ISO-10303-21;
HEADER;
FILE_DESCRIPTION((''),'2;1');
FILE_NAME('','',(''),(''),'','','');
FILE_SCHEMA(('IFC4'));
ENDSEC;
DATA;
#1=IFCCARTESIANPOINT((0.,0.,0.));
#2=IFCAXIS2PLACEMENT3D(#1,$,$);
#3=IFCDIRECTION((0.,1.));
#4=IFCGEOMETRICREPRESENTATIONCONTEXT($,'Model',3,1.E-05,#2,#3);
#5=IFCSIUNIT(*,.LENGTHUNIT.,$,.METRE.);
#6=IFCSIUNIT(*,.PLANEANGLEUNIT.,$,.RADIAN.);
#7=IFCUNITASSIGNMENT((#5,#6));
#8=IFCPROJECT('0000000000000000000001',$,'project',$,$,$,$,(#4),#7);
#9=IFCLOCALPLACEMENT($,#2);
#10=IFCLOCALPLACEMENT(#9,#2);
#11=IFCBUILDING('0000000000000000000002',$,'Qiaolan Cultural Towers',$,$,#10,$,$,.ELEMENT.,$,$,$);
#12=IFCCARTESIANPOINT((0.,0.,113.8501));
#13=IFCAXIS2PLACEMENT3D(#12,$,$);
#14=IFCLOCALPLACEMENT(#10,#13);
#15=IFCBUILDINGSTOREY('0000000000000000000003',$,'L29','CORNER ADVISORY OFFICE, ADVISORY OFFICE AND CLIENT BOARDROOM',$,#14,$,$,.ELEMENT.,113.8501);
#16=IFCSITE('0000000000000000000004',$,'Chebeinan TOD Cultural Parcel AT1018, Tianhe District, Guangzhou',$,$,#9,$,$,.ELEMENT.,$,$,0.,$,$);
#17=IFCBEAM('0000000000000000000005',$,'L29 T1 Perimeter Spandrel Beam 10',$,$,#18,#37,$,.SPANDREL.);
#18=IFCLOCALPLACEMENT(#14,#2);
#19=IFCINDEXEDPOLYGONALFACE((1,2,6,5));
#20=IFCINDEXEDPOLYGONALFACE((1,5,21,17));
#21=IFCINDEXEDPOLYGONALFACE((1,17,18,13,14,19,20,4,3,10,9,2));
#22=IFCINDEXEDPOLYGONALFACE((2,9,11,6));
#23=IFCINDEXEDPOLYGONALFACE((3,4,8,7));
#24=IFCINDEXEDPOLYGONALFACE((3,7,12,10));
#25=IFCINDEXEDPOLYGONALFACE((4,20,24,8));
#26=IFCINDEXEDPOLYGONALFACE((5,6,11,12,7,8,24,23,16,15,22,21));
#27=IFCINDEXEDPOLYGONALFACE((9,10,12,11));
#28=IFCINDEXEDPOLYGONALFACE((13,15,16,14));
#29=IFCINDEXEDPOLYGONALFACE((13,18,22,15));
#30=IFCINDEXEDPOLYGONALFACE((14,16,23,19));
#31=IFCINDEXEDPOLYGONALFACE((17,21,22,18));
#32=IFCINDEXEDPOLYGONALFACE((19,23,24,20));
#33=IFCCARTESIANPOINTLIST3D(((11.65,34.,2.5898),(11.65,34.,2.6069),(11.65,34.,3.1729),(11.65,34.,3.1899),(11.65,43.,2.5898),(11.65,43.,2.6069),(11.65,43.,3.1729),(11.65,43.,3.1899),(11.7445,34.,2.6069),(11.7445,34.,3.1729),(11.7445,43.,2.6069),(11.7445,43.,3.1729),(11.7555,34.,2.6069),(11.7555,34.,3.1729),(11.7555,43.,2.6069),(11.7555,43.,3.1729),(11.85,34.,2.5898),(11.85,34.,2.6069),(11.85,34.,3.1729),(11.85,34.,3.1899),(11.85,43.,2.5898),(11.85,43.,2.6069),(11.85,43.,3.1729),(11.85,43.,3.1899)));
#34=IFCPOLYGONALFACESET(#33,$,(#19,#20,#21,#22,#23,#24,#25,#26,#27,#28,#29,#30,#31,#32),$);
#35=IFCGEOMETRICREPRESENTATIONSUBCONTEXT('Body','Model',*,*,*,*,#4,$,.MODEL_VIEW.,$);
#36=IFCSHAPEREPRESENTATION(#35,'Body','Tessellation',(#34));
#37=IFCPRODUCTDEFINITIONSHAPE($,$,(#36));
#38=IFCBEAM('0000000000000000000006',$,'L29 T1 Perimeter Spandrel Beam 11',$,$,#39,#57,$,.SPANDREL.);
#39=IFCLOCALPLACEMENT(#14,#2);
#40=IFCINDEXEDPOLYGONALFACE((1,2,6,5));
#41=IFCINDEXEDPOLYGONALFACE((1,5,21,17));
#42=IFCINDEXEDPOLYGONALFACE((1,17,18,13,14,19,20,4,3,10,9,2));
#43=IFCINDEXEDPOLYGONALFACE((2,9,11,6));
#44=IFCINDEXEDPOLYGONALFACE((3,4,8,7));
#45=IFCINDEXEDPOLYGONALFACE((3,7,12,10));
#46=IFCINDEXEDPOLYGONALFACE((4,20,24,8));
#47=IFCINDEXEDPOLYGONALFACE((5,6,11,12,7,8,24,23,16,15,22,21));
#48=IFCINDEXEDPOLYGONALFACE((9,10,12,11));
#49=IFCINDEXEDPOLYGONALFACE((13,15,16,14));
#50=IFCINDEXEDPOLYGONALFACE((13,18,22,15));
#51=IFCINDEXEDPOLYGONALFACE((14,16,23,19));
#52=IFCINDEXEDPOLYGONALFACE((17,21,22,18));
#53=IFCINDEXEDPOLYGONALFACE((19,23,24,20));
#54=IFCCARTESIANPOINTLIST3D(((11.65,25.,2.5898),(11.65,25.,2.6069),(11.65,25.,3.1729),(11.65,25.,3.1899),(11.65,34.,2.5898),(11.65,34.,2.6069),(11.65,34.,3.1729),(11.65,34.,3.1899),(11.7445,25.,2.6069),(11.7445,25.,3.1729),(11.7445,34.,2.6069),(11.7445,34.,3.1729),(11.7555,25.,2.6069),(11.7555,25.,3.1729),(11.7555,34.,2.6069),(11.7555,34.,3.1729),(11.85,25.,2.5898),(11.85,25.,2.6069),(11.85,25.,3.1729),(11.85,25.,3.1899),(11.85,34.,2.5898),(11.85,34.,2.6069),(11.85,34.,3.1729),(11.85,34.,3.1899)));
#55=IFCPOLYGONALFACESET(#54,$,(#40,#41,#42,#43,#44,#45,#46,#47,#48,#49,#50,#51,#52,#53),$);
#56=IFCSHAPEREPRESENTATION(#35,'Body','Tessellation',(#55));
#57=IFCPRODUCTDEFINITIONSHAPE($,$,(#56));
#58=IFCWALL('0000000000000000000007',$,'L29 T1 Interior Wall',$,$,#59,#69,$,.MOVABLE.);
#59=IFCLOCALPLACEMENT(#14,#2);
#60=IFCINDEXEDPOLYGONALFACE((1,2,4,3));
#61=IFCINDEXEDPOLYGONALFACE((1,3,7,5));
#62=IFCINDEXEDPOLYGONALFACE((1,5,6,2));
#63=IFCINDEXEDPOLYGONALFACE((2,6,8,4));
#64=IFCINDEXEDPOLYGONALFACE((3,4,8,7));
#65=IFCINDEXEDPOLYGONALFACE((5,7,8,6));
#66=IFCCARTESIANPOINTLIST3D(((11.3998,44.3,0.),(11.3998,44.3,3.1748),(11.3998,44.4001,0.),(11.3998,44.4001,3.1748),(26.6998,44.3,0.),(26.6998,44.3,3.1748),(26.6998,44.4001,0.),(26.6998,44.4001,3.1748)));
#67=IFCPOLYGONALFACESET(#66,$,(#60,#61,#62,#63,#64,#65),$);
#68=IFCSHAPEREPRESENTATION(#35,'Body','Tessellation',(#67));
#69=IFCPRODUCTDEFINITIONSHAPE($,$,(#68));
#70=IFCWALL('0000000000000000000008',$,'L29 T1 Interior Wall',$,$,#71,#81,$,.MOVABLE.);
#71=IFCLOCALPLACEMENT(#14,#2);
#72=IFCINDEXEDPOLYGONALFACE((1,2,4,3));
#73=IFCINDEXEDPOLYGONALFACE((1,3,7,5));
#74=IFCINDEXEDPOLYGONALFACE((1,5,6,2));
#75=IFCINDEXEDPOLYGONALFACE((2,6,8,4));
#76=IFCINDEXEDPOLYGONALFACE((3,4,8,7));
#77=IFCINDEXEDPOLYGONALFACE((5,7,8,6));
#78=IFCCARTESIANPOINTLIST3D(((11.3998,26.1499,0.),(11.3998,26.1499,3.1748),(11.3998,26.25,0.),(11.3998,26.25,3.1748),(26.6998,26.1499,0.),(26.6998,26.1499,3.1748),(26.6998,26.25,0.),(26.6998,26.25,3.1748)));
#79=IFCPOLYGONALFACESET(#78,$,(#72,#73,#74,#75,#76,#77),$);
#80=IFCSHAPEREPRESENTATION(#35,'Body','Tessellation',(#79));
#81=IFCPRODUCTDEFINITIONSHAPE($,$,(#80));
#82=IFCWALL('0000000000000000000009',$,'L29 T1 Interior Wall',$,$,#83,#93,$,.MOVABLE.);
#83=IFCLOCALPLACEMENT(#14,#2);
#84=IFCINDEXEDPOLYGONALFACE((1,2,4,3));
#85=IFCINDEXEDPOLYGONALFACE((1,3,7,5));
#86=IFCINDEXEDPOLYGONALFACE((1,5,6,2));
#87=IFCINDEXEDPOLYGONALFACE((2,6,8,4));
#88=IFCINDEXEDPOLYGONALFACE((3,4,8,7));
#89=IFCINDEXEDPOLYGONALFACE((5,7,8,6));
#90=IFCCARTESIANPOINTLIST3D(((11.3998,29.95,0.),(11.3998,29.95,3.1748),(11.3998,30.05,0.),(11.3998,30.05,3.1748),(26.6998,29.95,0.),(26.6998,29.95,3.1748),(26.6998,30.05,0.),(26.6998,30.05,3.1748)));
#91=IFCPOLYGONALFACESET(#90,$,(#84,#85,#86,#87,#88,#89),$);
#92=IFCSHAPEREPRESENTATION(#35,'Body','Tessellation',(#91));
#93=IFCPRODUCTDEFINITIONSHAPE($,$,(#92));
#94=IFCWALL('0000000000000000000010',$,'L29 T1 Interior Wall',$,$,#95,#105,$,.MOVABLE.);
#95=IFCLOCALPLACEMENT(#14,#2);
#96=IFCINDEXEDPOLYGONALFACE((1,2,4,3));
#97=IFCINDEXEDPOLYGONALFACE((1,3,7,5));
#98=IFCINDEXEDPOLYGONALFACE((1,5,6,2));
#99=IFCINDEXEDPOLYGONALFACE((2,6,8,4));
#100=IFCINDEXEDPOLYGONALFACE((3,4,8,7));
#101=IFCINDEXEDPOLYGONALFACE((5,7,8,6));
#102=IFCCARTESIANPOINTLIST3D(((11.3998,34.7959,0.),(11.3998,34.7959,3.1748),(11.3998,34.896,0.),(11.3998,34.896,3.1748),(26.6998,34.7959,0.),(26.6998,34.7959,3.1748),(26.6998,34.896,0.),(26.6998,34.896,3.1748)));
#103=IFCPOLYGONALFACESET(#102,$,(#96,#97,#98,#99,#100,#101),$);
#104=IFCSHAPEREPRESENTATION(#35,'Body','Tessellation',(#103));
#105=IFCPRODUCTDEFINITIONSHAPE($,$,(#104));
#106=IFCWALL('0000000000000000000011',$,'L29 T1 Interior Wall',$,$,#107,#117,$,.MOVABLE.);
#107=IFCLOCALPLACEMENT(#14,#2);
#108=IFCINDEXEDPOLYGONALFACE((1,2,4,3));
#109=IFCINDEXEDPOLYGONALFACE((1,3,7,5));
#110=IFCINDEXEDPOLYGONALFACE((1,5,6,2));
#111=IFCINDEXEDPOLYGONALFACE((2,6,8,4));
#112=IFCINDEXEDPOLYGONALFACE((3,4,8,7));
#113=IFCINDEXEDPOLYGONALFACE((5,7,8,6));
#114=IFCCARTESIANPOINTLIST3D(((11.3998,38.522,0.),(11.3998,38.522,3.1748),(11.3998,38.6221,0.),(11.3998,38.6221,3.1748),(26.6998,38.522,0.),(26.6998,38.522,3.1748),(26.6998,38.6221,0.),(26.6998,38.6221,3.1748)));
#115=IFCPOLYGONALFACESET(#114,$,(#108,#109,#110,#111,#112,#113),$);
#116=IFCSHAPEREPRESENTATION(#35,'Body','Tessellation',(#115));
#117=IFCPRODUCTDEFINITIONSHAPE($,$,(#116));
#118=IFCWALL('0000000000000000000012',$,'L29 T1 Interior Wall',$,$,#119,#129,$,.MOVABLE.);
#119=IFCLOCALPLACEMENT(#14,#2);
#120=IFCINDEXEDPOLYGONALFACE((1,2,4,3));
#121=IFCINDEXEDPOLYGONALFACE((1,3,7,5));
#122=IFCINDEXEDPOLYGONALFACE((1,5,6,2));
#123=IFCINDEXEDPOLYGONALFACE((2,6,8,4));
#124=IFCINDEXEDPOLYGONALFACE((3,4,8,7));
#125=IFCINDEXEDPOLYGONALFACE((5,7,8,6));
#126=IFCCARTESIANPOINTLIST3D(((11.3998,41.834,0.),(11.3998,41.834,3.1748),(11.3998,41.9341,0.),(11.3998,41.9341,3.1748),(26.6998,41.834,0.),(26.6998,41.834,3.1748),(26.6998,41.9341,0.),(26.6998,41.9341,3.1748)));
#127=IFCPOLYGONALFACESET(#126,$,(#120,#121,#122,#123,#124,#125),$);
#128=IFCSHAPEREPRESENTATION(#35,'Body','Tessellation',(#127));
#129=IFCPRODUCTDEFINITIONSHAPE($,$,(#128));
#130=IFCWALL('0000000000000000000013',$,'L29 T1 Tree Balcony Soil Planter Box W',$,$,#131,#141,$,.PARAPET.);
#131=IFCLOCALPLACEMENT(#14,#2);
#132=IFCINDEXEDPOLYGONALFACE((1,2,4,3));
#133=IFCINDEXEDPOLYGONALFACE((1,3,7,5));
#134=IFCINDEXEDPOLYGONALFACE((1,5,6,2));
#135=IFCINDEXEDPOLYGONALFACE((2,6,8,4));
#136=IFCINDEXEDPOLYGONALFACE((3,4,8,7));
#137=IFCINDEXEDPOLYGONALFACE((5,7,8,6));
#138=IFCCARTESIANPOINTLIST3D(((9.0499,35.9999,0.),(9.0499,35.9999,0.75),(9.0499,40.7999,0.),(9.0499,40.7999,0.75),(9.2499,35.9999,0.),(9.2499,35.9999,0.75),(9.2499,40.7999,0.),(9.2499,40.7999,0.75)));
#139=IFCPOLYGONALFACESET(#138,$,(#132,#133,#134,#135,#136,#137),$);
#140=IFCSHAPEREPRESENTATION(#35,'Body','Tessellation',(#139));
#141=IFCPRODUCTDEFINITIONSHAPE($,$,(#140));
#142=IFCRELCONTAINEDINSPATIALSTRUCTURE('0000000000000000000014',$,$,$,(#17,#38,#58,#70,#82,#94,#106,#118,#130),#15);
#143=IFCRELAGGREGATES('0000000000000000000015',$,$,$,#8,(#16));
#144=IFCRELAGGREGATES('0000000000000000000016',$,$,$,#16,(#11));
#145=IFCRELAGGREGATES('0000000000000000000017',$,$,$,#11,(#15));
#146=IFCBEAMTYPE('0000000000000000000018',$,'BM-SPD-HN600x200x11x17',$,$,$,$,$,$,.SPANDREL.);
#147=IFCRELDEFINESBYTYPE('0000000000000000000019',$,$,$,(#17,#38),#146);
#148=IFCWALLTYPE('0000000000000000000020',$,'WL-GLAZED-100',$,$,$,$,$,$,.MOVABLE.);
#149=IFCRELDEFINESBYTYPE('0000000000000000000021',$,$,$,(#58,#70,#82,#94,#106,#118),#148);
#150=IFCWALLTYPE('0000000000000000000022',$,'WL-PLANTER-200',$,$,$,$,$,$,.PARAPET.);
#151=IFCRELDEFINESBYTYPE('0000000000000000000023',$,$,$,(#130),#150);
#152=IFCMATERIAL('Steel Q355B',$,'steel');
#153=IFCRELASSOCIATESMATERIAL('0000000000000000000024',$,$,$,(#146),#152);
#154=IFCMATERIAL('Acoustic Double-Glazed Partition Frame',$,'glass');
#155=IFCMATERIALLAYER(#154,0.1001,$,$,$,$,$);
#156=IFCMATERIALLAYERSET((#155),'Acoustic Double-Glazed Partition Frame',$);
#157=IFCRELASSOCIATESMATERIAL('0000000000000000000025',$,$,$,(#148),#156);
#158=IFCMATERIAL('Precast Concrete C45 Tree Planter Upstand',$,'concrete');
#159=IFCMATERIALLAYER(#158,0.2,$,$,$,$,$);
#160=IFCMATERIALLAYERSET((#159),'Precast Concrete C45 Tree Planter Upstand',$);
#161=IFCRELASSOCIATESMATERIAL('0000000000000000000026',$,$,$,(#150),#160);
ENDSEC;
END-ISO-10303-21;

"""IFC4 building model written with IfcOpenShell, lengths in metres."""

from ifc_helpers import new_model, si_unit, direction, frame, frame_2d, origin, origin_2d, place, context, subcontext, project, spatial, rectangle, i_section, extrude, material, layer, layer_set, material_profile, profile_set, type_object, element, save


model = new_model("IFC4")

# Units and contexts
model_context = context("Model", 3, precision=1e-05, world=origin(), true_north=direction((0.0, 1.0)))
body_context = subcontext(model_context, "Body", "Model", "MODEL_VIEW")
ifc_project = project(units=[si_unit("LENGTHUNIT", "METRE"), si_unit("PLANEANGLEUNIT", "RADIAN")], contexts=[model_context])

# Site, building, storey
site_placement = place(None, origin())
site = spatial("IfcSite", under=ifc_project, at=site_placement, Name="Chebeinan TOD Cultural Parcel AT1018, Tianhe District, Guangzhou", CompositionType="ELEMENT", RefElevation=0.0)
building_placement = place(site_placement, origin())
building = spatial("IfcBuilding", under=site, at=building_placement, Name="Qiaolan Cultural Towers", CompositionType="ELEMENT")
storey_placement = place(building_placement, frame((0.0, 0.0, 113.8501)))
storey = spatial("IfcBuildingStorey", under=building, at=storey_placement, Name="L29", Description="CORNER ADVISORY OFFICE, ADVISORY OFFICE AND CLIENT BOARDROOM", CompositionType="ELEMENT", Elevation=113.8501)

# Beams
ifc_material_1 = material(Name="Steel Q355B", Category="steel")
ifc_material_profile_1 = material_profile(ifc_material_1, i_section(OverallWidth=0.2, OverallDepth=0.6001, WebThickness=0.011, FlangeThickness=0.0171, at=origin_2d()), Name="HN600x200x11x17")
ifc_profile_set_1 = profile_set([ifc_material_profile_1], Name="Steel Q355B")
beam_type_1 = type_object("IfcBeamType", Name="BM-SPD-HN600x200x11x17", PredefinedType="SPANDREL", material=ifc_profile_set_1)
for number, where, z_axis, x_axis, name in (
    (1, (11.75, 43.0, 2.8899), (0.0, -1.0, 0.0), (1.0, 0.0, 0.0), "L29 T1 Perimeter Spandrel Beam 10"),
    (2, (11.75, 34.0, 2.8899), (0.0, -1.0, 0.0), (1.0, 0.0, 0.0), "L29 T1 Perimeter Spandrel Beam 11"),
):
    element("IfcBeam", number, at=place(storey_placement, frame(where, z_axis=z_axis, x_axis=x_axis)), inside=storey, type_object=beam_type_1, Name=name, PredefinedType="SPANDREL", context=body_context, shape_type="SweptSolid", body=[
        extrude(i_section(OverallWidth=0.2, OverallDepth=0.6001, WebThickness=0.011, FlangeThickness=0.0171, at=origin_2d()), origin(), (0.0, 0.0, 1.0), 9.0),
    ])

# Walls
ifc_material_2 = material(Name="Acoustic Double-Glazed Partition Frame", Category="glass")
ifc_layer_1 = layer(ifc_material_2, 0.1001)
ifc_layer_set_1 = layer_set([ifc_layer_1], Name="Acoustic Double-Glazed Partition Frame")
wall_type_1 = type_object("IfcWallType", Name="WL-GLAZED-100", PredefinedType="MOVABLE", material=ifc_layer_set_1)
for number, where, z_axis, x_axis, name in (
    (3, (11.3999, 44.3501, 0.0), (0.0, 0.0, 1.0), (1.0, 0.0, 0.0), "L29 T1 Interior Wall"),
    (4, (11.3999, 26.2, 0.0), (0.0, 0.0, 1.0), (1.0, 0.0, 0.0), "L29 T1 Interior Wall"),
    (5, (11.3999, 30.0, 0.0), (0.0, 0.0, 1.0), (1.0, 0.0, 0.0), "L29 T1 Interior Wall"),
    (6, (11.3999, 34.8459, 0.0), (0.0, 0.0, 1.0), (1.0, 0.0, 0.0), "L29 T1 Interior Wall"),
    (7, (11.3999, 38.572, 0.0), (0.0, 0.0, 1.0), (1.0, 0.0, 0.0), "L29 T1 Interior Wall"),
    (8, (11.3999, 41.884, 0.0), (0.0, 0.0, 1.0), (1.0, 0.0, 0.0), "L29 T1 Interior Wall"),
):
    element("IfcWall", number, at=place(storey_placement, frame(where, z_axis=z_axis, x_axis=x_axis)), inside=storey, type_object=wall_type_1, Name=name, PredefinedType="MOVABLE", context=body_context, shape_type="SweptSolid", body=[
        extrude(rectangle(XDim=15.3, YDim=0.1001, at=frame_2d((7.6499, 0.0))), origin(), (0.0, 0.0, 1.0), 3.1748),
    ])
ifc_material_3 = material(Name="Precast Concrete C45 Tree Planter Upstand", Category="concrete")
ifc_layer_2 = layer(ifc_material_3, 0.2)
ifc_layer_set_2 = layer_set([ifc_layer_2], Name="Precast Concrete C45 Tree Planter Upstand")
wall_type_2 = type_object("IfcWallType", Name="WL-PLANTER-200", PredefinedType="PARAPET", material=ifc_layer_set_2)
wall_placement = place(storey_placement, frame((9.1499, 36.0, 0.0), z_axis=(0.0, 0.0, 1.0), x_axis=(0.0, 1.0, 0.0)))
element("IfcWall", 9, at=wall_placement, inside=storey, type_object=wall_type_2, Name="L29 T1 Tree Balcony Soil Planter Box W", PredefinedType="PARAPET", context=body_context, shape_type="SweptSolid", body=[
    extrude(rectangle(XDim=4.8, YDim=0.2, at=frame_2d((2.3999, 0.0))), origin(), (0.0, 0.0, 1.0), 0.75),
])

save(model, "model.ifc")
